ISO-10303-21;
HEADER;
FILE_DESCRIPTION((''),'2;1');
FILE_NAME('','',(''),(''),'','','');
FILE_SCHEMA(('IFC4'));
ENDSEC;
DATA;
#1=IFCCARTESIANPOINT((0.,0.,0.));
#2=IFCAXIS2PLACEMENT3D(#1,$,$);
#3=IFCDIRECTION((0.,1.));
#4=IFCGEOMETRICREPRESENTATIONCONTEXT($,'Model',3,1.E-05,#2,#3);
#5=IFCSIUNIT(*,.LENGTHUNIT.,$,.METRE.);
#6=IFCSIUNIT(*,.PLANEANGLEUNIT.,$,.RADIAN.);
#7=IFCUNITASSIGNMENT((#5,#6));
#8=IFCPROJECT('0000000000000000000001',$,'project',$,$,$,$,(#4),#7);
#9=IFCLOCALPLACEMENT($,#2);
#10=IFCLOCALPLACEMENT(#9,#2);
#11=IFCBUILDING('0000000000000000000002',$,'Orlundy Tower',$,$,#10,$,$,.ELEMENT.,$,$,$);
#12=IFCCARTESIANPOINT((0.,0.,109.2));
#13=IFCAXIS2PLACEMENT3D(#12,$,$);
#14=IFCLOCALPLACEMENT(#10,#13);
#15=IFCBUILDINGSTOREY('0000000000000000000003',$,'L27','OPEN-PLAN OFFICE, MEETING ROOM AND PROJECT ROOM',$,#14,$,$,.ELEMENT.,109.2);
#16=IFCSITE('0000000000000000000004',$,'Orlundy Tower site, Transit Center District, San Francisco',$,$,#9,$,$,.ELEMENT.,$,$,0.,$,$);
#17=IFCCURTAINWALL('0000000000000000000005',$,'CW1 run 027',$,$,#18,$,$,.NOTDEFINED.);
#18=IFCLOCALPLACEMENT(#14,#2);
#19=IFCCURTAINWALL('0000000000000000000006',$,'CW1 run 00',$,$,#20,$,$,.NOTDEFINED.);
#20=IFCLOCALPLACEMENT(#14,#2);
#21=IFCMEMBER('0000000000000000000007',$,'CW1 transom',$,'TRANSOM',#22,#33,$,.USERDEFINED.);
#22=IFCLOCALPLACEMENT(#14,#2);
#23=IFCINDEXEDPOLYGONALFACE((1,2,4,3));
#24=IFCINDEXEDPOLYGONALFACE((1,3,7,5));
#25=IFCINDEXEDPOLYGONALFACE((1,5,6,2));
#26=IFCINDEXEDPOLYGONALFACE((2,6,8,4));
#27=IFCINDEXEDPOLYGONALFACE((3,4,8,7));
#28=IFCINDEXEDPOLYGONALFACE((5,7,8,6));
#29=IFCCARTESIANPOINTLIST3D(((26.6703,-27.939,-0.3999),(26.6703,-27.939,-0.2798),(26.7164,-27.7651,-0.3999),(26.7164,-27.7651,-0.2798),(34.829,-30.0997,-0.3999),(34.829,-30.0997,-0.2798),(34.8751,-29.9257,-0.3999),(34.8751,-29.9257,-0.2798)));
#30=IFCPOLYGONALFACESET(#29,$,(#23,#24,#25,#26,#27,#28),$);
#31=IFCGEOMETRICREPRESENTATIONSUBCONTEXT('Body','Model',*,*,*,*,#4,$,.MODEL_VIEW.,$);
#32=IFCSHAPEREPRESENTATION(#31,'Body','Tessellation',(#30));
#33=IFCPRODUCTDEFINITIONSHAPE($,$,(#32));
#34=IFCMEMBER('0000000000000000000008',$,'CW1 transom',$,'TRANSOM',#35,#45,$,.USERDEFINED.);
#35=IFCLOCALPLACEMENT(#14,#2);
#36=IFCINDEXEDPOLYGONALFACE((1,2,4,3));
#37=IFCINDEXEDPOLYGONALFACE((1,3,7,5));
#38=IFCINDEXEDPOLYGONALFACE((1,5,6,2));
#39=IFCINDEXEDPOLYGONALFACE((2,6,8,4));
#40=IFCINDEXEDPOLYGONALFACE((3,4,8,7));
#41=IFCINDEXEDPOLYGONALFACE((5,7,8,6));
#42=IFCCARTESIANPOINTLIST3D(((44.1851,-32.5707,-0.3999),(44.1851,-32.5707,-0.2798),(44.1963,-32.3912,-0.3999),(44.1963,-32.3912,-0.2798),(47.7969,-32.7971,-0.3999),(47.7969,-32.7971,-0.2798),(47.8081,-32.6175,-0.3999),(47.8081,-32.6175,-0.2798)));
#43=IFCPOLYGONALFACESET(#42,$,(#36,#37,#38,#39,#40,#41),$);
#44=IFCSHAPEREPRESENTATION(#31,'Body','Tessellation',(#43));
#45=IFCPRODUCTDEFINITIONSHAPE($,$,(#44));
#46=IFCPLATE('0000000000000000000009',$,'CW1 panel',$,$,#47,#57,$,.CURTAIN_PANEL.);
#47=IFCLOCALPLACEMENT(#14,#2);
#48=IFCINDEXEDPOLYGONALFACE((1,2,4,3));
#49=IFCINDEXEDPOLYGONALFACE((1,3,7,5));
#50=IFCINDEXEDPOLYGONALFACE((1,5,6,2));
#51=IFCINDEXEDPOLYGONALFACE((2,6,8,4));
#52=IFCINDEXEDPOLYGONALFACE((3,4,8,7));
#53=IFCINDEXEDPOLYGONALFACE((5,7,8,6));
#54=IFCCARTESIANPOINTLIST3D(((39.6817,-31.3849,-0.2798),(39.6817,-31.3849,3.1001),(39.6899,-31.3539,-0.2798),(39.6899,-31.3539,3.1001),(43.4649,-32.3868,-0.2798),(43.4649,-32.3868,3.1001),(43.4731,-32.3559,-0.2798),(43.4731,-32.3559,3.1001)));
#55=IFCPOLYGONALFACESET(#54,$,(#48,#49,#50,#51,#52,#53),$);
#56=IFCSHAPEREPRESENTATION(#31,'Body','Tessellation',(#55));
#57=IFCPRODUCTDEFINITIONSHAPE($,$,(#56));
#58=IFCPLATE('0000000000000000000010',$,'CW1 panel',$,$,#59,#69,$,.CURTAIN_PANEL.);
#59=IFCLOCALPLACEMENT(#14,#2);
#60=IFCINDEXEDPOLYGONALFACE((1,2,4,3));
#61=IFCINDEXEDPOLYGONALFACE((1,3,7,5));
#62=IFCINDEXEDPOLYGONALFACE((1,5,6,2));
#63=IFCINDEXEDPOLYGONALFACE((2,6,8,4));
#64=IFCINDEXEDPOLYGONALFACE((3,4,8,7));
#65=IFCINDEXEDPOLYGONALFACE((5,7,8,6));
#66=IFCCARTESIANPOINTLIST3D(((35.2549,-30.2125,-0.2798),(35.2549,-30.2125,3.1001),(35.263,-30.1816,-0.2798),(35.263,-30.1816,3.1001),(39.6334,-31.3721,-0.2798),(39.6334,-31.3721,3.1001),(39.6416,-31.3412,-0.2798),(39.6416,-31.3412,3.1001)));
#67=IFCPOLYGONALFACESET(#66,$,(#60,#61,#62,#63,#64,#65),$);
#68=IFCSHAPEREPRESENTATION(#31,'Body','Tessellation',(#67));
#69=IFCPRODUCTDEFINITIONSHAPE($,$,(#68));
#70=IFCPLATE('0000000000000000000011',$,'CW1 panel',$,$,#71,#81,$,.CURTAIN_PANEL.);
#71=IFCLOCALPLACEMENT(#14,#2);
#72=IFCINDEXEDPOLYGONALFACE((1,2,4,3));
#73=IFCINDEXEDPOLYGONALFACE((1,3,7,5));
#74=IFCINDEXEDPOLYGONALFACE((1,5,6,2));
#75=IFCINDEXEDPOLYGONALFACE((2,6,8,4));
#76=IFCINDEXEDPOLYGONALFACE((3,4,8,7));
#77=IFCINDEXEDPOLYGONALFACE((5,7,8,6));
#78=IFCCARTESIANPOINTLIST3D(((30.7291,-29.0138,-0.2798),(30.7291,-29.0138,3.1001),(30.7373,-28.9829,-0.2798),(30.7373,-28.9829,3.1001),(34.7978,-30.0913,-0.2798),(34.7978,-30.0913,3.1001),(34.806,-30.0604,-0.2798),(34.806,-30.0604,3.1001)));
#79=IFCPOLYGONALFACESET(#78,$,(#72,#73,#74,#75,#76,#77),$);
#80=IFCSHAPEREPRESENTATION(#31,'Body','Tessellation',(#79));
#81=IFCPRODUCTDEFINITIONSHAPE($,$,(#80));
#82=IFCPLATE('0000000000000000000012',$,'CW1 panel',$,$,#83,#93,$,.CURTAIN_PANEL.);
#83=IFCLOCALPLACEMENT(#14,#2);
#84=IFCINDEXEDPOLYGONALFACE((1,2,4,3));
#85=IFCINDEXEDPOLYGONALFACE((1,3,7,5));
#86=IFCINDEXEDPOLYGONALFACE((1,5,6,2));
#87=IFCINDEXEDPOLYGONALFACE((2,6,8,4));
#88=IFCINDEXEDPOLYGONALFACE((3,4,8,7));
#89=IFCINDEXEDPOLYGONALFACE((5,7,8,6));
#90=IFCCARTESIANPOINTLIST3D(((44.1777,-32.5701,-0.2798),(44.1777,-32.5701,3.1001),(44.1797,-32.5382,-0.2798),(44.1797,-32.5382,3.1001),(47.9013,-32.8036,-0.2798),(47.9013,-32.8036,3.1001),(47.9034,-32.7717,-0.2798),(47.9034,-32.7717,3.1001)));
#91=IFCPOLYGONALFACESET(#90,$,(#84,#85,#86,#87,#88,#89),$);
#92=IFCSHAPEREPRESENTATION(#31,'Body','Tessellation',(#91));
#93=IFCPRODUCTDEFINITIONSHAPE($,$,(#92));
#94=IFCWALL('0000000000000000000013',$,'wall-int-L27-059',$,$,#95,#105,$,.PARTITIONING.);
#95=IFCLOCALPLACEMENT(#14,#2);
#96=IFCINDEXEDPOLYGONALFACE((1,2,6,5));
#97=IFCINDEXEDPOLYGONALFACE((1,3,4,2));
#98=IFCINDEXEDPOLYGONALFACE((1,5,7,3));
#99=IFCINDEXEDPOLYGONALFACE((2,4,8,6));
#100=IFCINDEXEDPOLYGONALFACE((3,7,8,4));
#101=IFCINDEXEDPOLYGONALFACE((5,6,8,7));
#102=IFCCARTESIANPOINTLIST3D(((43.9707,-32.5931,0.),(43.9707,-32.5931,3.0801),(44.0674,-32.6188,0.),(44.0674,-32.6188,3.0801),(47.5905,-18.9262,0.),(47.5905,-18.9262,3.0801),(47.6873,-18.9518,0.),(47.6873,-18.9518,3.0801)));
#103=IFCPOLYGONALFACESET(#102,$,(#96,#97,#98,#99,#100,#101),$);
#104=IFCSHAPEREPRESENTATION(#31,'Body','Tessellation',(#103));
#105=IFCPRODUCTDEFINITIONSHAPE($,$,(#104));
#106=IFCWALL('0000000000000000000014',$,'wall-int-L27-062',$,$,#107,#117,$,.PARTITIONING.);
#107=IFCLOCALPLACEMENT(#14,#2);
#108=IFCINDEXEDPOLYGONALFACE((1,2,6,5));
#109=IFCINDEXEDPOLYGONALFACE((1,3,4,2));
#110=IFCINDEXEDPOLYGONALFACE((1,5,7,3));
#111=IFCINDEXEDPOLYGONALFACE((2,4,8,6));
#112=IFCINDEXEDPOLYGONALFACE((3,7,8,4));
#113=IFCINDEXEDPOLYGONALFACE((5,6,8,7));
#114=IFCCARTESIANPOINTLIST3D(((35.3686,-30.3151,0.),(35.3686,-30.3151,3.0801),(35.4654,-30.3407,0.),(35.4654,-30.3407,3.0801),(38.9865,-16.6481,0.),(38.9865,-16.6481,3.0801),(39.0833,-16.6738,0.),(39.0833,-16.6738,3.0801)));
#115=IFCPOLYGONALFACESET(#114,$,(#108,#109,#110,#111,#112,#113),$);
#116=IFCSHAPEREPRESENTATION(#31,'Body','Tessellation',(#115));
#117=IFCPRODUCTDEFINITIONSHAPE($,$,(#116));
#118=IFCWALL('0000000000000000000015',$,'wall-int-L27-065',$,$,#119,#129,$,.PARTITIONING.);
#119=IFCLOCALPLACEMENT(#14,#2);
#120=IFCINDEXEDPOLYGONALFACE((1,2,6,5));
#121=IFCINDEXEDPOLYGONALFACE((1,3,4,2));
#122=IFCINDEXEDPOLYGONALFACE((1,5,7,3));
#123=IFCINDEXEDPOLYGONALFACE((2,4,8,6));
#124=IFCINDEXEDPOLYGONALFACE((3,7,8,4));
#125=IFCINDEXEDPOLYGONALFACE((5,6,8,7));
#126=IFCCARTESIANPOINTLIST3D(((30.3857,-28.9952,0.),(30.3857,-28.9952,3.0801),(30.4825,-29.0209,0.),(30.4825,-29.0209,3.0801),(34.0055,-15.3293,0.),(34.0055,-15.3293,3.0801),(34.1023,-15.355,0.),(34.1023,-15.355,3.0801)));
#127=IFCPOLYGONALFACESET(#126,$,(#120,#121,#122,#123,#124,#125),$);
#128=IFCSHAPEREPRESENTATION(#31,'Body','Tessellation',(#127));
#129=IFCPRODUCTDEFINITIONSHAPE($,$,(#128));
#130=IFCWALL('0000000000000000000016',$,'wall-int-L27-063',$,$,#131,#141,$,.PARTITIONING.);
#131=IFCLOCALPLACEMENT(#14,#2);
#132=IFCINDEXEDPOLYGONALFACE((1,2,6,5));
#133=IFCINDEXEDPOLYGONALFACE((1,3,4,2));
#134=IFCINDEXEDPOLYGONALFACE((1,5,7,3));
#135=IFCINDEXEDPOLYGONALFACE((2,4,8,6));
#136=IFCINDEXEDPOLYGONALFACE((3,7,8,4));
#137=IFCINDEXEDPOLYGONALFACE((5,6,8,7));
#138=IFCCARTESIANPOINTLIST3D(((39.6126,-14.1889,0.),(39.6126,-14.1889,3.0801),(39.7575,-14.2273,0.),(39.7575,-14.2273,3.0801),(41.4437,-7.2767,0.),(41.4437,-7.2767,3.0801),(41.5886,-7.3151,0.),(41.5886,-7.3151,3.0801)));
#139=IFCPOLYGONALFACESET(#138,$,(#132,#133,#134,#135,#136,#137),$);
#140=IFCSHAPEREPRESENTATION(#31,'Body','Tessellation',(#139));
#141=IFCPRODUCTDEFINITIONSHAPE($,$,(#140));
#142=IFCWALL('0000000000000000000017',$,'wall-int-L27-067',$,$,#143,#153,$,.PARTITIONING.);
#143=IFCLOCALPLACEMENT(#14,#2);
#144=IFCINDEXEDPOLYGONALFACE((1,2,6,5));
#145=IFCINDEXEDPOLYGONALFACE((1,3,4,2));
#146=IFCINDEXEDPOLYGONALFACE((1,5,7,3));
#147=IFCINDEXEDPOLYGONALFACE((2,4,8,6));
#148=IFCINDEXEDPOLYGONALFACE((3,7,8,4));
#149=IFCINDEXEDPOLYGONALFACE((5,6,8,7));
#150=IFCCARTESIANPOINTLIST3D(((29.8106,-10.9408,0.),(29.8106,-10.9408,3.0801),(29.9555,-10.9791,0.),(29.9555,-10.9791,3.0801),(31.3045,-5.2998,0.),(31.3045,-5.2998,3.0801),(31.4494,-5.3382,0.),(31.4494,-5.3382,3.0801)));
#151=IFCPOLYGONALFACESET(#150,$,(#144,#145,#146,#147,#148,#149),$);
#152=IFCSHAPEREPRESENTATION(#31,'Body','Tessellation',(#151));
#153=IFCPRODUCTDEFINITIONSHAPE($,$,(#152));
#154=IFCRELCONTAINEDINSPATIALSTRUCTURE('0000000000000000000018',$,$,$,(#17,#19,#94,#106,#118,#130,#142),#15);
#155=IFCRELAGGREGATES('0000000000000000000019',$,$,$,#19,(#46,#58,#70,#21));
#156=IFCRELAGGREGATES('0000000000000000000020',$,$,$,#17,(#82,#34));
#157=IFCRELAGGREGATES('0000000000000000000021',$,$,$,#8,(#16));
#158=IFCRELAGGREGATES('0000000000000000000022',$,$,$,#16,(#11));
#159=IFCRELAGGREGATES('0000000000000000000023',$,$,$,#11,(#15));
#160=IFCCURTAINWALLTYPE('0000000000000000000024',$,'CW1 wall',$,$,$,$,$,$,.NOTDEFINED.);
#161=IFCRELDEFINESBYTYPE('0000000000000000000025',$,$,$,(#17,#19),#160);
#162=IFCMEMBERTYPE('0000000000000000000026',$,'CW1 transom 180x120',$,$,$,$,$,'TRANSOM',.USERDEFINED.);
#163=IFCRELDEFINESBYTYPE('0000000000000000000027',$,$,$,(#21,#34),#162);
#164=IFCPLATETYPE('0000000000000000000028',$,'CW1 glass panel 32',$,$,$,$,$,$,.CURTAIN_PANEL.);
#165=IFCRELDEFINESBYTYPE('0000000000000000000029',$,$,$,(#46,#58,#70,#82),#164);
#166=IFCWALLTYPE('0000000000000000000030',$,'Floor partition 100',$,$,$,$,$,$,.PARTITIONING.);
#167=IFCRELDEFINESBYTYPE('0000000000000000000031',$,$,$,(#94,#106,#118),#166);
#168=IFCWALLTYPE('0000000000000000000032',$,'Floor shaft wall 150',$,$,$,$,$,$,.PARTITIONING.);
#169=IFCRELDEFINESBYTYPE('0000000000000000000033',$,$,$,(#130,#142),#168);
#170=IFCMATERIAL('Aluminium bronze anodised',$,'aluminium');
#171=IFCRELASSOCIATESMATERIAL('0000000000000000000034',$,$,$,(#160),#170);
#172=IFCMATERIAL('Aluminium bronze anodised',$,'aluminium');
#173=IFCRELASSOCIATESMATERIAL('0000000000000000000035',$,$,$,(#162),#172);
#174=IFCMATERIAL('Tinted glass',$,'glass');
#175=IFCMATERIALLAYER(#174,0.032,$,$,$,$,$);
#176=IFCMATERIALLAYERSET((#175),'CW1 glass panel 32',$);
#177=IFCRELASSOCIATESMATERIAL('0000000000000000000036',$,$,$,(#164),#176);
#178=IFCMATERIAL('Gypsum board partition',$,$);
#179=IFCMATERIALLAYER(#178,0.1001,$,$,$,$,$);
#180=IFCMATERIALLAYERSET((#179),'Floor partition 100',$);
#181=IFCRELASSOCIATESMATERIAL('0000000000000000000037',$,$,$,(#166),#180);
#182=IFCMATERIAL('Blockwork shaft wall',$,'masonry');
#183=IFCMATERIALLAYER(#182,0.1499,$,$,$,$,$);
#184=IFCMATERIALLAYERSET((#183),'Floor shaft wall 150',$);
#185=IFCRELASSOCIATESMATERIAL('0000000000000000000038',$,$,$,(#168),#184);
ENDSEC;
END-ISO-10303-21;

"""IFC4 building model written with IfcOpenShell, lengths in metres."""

from ifc_helpers import new_model, si_unit, direction, frame, frame_2d, origin, origin_2d, place, context, subcontext, project, spatial, rectangle, extrude, material, layer, layer_set, material_profile, profile_set, type_object, element, aggregate, save


model = new_model("IFC4")

# Units and contexts
model_context = context("Model", 3, precision=1e-05, world=origin(), true_north=direction((0.0, 1.0)))
body_context = subcontext(model_context, "Body", "Model", "MODEL_VIEW")
ifc_project = project(units=[si_unit("LENGTHUNIT", "METRE"), si_unit("PLANEANGLEUNIT", "RADIAN")], contexts=[model_context])

# Site, building, storey
site_placement = place(None, origin())
site = spatial("IfcSite", under=ifc_project, at=site_placement, Name="Orlundy Tower site, Transit Center District, San Francisco", CompositionType="ELEMENT", RefElevation=0.0)
building_placement = place(site_placement, origin())
building = spatial("IfcBuilding", under=site, at=building_placement, Name="Orlundy Tower", CompositionType="ELEMENT")
storey_placement = place(building_placement, frame((0.0, 0.0, 109.2)))
storey = spatial("IfcBuildingStorey", under=building, at=storey_placement, Name="L27", Description="OPEN-PLAN OFFICE, MEETING ROOM AND PROJECT ROOM", CompositionType="ELEMENT", Elevation=109.2)

# Curtain wall
ifc_material_1 = material(Name="Aluminium bronze anodised", Category="aluminium")
curtain_wall_type = type_object("IfcCurtainWallType", Name="CW1 wall", PredefinedType="NOTDEFINED", material=ifc_material_1)
curtain_wall_1_placement = place(storey_placement, origin())
curtain_wall_1 = element("IfcCurtainWall", 1, at=curtain_wall_1_placement, inside=storey, type_object=curtain_wall_type, Name="CW1 run 027", PredefinedType="NOTDEFINED")

# Curtain wall, member
curtain_wall_2_placement = place(storey_placement, origin())
curtain_wall_2 = element("IfcCurtainWall", 2, at=curtain_wall_2_placement, inside=storey, type_object=curtain_wall_type, Name="CW1 run 00", PredefinedType="NOTDEFINED")
ifc_material_2 = material(Name="Aluminium bronze anodised", Category="aluminium")
ifc_material_profile_1 = material_profile(ifc_material_2, rectangle(XDim=0.1799, YDim=0.1201, at=origin_2d()), Name="CW1 transom 180x120")
ifc_profile_set_1 = profile_set([ifc_material_profile_1], Name="Aluminium bronze anodised")
member_type_1 = type_object("IfcMemberType", Name="CW1 transom 180x120", ElementType="TRANSOM", PredefinedType="USERDEFINED", material=ifc_profile_set_1)
member_1_placement = place(storey_placement, frame((34.8521, -30.0127, -0.3398), z_axis=(-0.966676, 0.256002, 0.0), x_axis=(-0.256002, -0.966676, 0.0)))
member_1 = element("IfcMember", 3, at=member_1_placement, type_object=member_type_1, Name="CW1 transom", ObjectType="TRANSOM", PredefinedType="USERDEFINED", context=body_context, shape_type="SweptSolid", body=[
    extrude(rectangle(XDim=0.1799, YDim=0.1201, at=origin_2d()), origin(), (0.0, 0.0, 1.0), 8.4399),
])

# Member
member_2_placement = place(storey_placement, frame((47.8025, -32.7073, -0.3398), z_axis=(-0.998043, 0.062538, 0.0), x_axis=(-0.062538, -0.998043, 0.0)))
member_2 = element("IfcMember", 4, at=member_2_placement, type_object=member_type_1, Name="CW1 transom", ObjectType="TRANSOM", PredefinedType="USERDEFINED", context=body_context, shape_type="SweptSolid", body=[
    extrude(rectangle(XDim=0.1799, YDim=0.1201, at=origin_2d()), origin(), (0.0, 0.0, 1.0), 3.6189),
])

# Plates
ifc_material_3 = material(Name="Tinted glass", Category="glass")
ifc_layer_1 = layer(ifc_material_3, 0.032)
ifc_layer_set_1 = layer_set([ifc_layer_1], Name="CW1 glass panel 32")
plate_type = type_object("IfcPlateType", Name="CW1 glass panel 32", PredefinedType="CURTAIN_PANEL", material=ifc_layer_set_1)
plate_1_placement = place(storey_placement, frame((41.5774, -31.8704, -0.2798), z_axis=(0.0, 0.0, 1.0), x_axis=(-0.966674, 0.256011, 0.0)))
plate_1 = element("IfcPlate", 5, at=plate_1_placement, type_object=plate_type, Name="CW1 panel", PredefinedType="CURTAIN_PANEL", context=body_context, shape_type="SweptSolid", body=[
    extrude(rectangle(XDim=3.9136, YDim=0.032, at=origin_2d()), origin(), (0.0, 0.0, 1.0), 3.3799),
])
plate_2_placement = place(storey_placement, frame((37.4482, -30.7769, -0.2798), z_axis=(0.0, 0.0, 1.0), x_axis=(-0.966674, 0.256011, 0.0)))
plate_2 = element("IfcPlate", 6, at=plate_2_placement, type_object=plate_type, Name="CW1 panel", PredefinedType="CURTAIN_PANEL", context=body_context, shape_type="SweptSolid", body=[
    extrude(rectangle(XDim=4.5295, YDim=0.032, at=origin_2d()), origin(), (0.0, 0.0, 1.0), 3.3799),
])
plate_3_placement = place(storey_placement, frame((32.7676, -29.5371, -0.2798), z_axis=(0.0, 0.0, 1.0), x_axis=(-0.966674, 0.256011, 0.0)))
plate_3 = element("IfcPlate", 7, at=plate_3_placement, type_object=plate_type, Name="CW1 panel", PredefinedType="CURTAIN_PANEL", context=body_context, shape_type="SweptSolid", body=[
    extrude(rectangle(XDim=4.209, YDim=0.032, at=origin_2d()), origin(), (0.0, 0.0, 1.0), 3.3799),
])
aggregate(curtain_wall_2, [plate_1, plate_2, plate_3, member_1])
plate_4_placement = place(storey_placement, frame((46.0405, -32.6709, -0.2798), z_axis=(0.0, 0.0, 1.0), x_axis=(-0.99804, 0.06258, 0.0)))
plate_4 = element("IfcPlate", 8, at=plate_4_placement, type_object=plate_type, Name="CW1 panel", PredefinedType="CURTAIN_PANEL", context=body_context, shape_type="SweptSolid", body=[
    extrude(rectangle(XDim=3.731, YDim=0.032, at=origin_2d()), origin(), (0.0, 0.0, 1.0), 3.3799),
])
aggregate(curtain_wall_1, [plate_4, member_2])

# Walls
ifc_material_4 = material(Name="Gypsum board partition")
ifc_layer_2 = layer(ifc_material_4, 0.1001)
ifc_layer_set_2 = layer_set([ifc_layer_2], Name="Floor partition 100")
wall_type_1 = type_object("IfcWallType", Name="Floor partition 100", PredefinedType="PARTITIONING", material=ifc_layer_set_2)
wall_1_placement = place(storey_placement, frame((44.019, -32.606, 0.0), z_axis=(0.0, 0.0, 1.0), x_axis=(0.256034, 0.966668, 0.0)))
element("IfcWall", 9, at=wall_1_placement, inside=storey, type_object=wall_type_1, Name="wall-int-L27-059", PredefinedType="PARTITIONING", context=body_context, shape_type="SweptSolid", body=[
    extrude(rectangle(XDim=14.1382, YDim=0.1001, at=frame_2d((7.0691, 0.0))), origin(), (0.0, 0.0, 1.0), 3.0801),
])
wall_2_placement = place(storey_placement, frame((35.417, -30.3279, 0.0), z_axis=(0.0, 0.0, 1.0), x_axis=(0.255905, 0.966702, 0.0)))
element("IfcWall", 10, at=wall_2_placement, inside=storey, type_object=wall_type_1, Name="wall-int-L27-062", PredefinedType="PARTITIONING", context=body_context, shape_type="SweptSolid", body=[
    extrude(rectangle(XDim=14.1377, YDim=0.1001, at=frame_2d((7.0688, 0.0))), origin(), (0.0, 0.0, 1.0), 3.0801),
])
wall_3_placement = place(storey_placement, frame((30.4341, -29.0081, 0.0), z_axis=(0.0, 0.0, 1.0), x_axis=(0.256051, 0.966663, 0.0)))
element("IfcWall", 11, at=wall_3_placement, inside=storey, type_object=wall_type_1, Name="wall-int-L27-065", PredefinedType="PARTITIONING", context=body_context, shape_type="SweptSolid", body=[
    extrude(rectangle(XDim=14.1372, YDim=0.1001, at=frame_2d((7.0686, 0.0))), origin(), (0.0, 0.0, 1.0), 3.0801),
])
ifc_material_5 = material(Name="Blockwork shaft wall", Category="masonry")
ifc_layer_3 = layer(ifc_material_5, 0.1499)
ifc_layer_set_3 = layer_set([ifc_layer_3], Name="Floor shaft wall 150")
wall_type_2 = type_object("IfcWallType", Name="Floor shaft wall 150", PredefinedType="PARTITIONING", material=ifc_layer_set_3)
wall_4_placement = place(storey_placement, frame((39.6851, -14.208, 0.0), z_axis=(0.0, 0.0, 1.0), x_axis=(0.256073, 0.966658, 0.0)))
element("IfcWall", 12, at=wall_4_placement, inside=storey, type_object=wall_type_2, Name="wall-int-L27-063", PredefinedType="PARTITIONING", context=body_context, shape_type="SweptSolid", body=[
    extrude(rectangle(XDim=7.1506, YDim=0.1499, at=frame_2d((3.5752, 0.0))), origin(), (0.0, 0.0, 1.0), 3.0801),
])
wall_5_placement = place(storey_placement, frame((29.8831, -10.96, 0.0), z_axis=(0.0, 0.0, 1.0), x_axis=(0.256009, 0.966674, 0.0)))
element("IfcWall", 13, at=wall_5_placement, inside=storey, type_object=wall_type_2, Name="wall-int-L27-067", PredefinedType="PARTITIONING", context=body_context, shape_type="SweptSolid", body=[
    extrude(rectangle(XDim=5.8354, YDim=0.1499, at=frame_2d((2.9177, 0.0))), origin(), (0.0, 0.0, 1.0), 3.0801),
])

save(model, "model.ifc")
